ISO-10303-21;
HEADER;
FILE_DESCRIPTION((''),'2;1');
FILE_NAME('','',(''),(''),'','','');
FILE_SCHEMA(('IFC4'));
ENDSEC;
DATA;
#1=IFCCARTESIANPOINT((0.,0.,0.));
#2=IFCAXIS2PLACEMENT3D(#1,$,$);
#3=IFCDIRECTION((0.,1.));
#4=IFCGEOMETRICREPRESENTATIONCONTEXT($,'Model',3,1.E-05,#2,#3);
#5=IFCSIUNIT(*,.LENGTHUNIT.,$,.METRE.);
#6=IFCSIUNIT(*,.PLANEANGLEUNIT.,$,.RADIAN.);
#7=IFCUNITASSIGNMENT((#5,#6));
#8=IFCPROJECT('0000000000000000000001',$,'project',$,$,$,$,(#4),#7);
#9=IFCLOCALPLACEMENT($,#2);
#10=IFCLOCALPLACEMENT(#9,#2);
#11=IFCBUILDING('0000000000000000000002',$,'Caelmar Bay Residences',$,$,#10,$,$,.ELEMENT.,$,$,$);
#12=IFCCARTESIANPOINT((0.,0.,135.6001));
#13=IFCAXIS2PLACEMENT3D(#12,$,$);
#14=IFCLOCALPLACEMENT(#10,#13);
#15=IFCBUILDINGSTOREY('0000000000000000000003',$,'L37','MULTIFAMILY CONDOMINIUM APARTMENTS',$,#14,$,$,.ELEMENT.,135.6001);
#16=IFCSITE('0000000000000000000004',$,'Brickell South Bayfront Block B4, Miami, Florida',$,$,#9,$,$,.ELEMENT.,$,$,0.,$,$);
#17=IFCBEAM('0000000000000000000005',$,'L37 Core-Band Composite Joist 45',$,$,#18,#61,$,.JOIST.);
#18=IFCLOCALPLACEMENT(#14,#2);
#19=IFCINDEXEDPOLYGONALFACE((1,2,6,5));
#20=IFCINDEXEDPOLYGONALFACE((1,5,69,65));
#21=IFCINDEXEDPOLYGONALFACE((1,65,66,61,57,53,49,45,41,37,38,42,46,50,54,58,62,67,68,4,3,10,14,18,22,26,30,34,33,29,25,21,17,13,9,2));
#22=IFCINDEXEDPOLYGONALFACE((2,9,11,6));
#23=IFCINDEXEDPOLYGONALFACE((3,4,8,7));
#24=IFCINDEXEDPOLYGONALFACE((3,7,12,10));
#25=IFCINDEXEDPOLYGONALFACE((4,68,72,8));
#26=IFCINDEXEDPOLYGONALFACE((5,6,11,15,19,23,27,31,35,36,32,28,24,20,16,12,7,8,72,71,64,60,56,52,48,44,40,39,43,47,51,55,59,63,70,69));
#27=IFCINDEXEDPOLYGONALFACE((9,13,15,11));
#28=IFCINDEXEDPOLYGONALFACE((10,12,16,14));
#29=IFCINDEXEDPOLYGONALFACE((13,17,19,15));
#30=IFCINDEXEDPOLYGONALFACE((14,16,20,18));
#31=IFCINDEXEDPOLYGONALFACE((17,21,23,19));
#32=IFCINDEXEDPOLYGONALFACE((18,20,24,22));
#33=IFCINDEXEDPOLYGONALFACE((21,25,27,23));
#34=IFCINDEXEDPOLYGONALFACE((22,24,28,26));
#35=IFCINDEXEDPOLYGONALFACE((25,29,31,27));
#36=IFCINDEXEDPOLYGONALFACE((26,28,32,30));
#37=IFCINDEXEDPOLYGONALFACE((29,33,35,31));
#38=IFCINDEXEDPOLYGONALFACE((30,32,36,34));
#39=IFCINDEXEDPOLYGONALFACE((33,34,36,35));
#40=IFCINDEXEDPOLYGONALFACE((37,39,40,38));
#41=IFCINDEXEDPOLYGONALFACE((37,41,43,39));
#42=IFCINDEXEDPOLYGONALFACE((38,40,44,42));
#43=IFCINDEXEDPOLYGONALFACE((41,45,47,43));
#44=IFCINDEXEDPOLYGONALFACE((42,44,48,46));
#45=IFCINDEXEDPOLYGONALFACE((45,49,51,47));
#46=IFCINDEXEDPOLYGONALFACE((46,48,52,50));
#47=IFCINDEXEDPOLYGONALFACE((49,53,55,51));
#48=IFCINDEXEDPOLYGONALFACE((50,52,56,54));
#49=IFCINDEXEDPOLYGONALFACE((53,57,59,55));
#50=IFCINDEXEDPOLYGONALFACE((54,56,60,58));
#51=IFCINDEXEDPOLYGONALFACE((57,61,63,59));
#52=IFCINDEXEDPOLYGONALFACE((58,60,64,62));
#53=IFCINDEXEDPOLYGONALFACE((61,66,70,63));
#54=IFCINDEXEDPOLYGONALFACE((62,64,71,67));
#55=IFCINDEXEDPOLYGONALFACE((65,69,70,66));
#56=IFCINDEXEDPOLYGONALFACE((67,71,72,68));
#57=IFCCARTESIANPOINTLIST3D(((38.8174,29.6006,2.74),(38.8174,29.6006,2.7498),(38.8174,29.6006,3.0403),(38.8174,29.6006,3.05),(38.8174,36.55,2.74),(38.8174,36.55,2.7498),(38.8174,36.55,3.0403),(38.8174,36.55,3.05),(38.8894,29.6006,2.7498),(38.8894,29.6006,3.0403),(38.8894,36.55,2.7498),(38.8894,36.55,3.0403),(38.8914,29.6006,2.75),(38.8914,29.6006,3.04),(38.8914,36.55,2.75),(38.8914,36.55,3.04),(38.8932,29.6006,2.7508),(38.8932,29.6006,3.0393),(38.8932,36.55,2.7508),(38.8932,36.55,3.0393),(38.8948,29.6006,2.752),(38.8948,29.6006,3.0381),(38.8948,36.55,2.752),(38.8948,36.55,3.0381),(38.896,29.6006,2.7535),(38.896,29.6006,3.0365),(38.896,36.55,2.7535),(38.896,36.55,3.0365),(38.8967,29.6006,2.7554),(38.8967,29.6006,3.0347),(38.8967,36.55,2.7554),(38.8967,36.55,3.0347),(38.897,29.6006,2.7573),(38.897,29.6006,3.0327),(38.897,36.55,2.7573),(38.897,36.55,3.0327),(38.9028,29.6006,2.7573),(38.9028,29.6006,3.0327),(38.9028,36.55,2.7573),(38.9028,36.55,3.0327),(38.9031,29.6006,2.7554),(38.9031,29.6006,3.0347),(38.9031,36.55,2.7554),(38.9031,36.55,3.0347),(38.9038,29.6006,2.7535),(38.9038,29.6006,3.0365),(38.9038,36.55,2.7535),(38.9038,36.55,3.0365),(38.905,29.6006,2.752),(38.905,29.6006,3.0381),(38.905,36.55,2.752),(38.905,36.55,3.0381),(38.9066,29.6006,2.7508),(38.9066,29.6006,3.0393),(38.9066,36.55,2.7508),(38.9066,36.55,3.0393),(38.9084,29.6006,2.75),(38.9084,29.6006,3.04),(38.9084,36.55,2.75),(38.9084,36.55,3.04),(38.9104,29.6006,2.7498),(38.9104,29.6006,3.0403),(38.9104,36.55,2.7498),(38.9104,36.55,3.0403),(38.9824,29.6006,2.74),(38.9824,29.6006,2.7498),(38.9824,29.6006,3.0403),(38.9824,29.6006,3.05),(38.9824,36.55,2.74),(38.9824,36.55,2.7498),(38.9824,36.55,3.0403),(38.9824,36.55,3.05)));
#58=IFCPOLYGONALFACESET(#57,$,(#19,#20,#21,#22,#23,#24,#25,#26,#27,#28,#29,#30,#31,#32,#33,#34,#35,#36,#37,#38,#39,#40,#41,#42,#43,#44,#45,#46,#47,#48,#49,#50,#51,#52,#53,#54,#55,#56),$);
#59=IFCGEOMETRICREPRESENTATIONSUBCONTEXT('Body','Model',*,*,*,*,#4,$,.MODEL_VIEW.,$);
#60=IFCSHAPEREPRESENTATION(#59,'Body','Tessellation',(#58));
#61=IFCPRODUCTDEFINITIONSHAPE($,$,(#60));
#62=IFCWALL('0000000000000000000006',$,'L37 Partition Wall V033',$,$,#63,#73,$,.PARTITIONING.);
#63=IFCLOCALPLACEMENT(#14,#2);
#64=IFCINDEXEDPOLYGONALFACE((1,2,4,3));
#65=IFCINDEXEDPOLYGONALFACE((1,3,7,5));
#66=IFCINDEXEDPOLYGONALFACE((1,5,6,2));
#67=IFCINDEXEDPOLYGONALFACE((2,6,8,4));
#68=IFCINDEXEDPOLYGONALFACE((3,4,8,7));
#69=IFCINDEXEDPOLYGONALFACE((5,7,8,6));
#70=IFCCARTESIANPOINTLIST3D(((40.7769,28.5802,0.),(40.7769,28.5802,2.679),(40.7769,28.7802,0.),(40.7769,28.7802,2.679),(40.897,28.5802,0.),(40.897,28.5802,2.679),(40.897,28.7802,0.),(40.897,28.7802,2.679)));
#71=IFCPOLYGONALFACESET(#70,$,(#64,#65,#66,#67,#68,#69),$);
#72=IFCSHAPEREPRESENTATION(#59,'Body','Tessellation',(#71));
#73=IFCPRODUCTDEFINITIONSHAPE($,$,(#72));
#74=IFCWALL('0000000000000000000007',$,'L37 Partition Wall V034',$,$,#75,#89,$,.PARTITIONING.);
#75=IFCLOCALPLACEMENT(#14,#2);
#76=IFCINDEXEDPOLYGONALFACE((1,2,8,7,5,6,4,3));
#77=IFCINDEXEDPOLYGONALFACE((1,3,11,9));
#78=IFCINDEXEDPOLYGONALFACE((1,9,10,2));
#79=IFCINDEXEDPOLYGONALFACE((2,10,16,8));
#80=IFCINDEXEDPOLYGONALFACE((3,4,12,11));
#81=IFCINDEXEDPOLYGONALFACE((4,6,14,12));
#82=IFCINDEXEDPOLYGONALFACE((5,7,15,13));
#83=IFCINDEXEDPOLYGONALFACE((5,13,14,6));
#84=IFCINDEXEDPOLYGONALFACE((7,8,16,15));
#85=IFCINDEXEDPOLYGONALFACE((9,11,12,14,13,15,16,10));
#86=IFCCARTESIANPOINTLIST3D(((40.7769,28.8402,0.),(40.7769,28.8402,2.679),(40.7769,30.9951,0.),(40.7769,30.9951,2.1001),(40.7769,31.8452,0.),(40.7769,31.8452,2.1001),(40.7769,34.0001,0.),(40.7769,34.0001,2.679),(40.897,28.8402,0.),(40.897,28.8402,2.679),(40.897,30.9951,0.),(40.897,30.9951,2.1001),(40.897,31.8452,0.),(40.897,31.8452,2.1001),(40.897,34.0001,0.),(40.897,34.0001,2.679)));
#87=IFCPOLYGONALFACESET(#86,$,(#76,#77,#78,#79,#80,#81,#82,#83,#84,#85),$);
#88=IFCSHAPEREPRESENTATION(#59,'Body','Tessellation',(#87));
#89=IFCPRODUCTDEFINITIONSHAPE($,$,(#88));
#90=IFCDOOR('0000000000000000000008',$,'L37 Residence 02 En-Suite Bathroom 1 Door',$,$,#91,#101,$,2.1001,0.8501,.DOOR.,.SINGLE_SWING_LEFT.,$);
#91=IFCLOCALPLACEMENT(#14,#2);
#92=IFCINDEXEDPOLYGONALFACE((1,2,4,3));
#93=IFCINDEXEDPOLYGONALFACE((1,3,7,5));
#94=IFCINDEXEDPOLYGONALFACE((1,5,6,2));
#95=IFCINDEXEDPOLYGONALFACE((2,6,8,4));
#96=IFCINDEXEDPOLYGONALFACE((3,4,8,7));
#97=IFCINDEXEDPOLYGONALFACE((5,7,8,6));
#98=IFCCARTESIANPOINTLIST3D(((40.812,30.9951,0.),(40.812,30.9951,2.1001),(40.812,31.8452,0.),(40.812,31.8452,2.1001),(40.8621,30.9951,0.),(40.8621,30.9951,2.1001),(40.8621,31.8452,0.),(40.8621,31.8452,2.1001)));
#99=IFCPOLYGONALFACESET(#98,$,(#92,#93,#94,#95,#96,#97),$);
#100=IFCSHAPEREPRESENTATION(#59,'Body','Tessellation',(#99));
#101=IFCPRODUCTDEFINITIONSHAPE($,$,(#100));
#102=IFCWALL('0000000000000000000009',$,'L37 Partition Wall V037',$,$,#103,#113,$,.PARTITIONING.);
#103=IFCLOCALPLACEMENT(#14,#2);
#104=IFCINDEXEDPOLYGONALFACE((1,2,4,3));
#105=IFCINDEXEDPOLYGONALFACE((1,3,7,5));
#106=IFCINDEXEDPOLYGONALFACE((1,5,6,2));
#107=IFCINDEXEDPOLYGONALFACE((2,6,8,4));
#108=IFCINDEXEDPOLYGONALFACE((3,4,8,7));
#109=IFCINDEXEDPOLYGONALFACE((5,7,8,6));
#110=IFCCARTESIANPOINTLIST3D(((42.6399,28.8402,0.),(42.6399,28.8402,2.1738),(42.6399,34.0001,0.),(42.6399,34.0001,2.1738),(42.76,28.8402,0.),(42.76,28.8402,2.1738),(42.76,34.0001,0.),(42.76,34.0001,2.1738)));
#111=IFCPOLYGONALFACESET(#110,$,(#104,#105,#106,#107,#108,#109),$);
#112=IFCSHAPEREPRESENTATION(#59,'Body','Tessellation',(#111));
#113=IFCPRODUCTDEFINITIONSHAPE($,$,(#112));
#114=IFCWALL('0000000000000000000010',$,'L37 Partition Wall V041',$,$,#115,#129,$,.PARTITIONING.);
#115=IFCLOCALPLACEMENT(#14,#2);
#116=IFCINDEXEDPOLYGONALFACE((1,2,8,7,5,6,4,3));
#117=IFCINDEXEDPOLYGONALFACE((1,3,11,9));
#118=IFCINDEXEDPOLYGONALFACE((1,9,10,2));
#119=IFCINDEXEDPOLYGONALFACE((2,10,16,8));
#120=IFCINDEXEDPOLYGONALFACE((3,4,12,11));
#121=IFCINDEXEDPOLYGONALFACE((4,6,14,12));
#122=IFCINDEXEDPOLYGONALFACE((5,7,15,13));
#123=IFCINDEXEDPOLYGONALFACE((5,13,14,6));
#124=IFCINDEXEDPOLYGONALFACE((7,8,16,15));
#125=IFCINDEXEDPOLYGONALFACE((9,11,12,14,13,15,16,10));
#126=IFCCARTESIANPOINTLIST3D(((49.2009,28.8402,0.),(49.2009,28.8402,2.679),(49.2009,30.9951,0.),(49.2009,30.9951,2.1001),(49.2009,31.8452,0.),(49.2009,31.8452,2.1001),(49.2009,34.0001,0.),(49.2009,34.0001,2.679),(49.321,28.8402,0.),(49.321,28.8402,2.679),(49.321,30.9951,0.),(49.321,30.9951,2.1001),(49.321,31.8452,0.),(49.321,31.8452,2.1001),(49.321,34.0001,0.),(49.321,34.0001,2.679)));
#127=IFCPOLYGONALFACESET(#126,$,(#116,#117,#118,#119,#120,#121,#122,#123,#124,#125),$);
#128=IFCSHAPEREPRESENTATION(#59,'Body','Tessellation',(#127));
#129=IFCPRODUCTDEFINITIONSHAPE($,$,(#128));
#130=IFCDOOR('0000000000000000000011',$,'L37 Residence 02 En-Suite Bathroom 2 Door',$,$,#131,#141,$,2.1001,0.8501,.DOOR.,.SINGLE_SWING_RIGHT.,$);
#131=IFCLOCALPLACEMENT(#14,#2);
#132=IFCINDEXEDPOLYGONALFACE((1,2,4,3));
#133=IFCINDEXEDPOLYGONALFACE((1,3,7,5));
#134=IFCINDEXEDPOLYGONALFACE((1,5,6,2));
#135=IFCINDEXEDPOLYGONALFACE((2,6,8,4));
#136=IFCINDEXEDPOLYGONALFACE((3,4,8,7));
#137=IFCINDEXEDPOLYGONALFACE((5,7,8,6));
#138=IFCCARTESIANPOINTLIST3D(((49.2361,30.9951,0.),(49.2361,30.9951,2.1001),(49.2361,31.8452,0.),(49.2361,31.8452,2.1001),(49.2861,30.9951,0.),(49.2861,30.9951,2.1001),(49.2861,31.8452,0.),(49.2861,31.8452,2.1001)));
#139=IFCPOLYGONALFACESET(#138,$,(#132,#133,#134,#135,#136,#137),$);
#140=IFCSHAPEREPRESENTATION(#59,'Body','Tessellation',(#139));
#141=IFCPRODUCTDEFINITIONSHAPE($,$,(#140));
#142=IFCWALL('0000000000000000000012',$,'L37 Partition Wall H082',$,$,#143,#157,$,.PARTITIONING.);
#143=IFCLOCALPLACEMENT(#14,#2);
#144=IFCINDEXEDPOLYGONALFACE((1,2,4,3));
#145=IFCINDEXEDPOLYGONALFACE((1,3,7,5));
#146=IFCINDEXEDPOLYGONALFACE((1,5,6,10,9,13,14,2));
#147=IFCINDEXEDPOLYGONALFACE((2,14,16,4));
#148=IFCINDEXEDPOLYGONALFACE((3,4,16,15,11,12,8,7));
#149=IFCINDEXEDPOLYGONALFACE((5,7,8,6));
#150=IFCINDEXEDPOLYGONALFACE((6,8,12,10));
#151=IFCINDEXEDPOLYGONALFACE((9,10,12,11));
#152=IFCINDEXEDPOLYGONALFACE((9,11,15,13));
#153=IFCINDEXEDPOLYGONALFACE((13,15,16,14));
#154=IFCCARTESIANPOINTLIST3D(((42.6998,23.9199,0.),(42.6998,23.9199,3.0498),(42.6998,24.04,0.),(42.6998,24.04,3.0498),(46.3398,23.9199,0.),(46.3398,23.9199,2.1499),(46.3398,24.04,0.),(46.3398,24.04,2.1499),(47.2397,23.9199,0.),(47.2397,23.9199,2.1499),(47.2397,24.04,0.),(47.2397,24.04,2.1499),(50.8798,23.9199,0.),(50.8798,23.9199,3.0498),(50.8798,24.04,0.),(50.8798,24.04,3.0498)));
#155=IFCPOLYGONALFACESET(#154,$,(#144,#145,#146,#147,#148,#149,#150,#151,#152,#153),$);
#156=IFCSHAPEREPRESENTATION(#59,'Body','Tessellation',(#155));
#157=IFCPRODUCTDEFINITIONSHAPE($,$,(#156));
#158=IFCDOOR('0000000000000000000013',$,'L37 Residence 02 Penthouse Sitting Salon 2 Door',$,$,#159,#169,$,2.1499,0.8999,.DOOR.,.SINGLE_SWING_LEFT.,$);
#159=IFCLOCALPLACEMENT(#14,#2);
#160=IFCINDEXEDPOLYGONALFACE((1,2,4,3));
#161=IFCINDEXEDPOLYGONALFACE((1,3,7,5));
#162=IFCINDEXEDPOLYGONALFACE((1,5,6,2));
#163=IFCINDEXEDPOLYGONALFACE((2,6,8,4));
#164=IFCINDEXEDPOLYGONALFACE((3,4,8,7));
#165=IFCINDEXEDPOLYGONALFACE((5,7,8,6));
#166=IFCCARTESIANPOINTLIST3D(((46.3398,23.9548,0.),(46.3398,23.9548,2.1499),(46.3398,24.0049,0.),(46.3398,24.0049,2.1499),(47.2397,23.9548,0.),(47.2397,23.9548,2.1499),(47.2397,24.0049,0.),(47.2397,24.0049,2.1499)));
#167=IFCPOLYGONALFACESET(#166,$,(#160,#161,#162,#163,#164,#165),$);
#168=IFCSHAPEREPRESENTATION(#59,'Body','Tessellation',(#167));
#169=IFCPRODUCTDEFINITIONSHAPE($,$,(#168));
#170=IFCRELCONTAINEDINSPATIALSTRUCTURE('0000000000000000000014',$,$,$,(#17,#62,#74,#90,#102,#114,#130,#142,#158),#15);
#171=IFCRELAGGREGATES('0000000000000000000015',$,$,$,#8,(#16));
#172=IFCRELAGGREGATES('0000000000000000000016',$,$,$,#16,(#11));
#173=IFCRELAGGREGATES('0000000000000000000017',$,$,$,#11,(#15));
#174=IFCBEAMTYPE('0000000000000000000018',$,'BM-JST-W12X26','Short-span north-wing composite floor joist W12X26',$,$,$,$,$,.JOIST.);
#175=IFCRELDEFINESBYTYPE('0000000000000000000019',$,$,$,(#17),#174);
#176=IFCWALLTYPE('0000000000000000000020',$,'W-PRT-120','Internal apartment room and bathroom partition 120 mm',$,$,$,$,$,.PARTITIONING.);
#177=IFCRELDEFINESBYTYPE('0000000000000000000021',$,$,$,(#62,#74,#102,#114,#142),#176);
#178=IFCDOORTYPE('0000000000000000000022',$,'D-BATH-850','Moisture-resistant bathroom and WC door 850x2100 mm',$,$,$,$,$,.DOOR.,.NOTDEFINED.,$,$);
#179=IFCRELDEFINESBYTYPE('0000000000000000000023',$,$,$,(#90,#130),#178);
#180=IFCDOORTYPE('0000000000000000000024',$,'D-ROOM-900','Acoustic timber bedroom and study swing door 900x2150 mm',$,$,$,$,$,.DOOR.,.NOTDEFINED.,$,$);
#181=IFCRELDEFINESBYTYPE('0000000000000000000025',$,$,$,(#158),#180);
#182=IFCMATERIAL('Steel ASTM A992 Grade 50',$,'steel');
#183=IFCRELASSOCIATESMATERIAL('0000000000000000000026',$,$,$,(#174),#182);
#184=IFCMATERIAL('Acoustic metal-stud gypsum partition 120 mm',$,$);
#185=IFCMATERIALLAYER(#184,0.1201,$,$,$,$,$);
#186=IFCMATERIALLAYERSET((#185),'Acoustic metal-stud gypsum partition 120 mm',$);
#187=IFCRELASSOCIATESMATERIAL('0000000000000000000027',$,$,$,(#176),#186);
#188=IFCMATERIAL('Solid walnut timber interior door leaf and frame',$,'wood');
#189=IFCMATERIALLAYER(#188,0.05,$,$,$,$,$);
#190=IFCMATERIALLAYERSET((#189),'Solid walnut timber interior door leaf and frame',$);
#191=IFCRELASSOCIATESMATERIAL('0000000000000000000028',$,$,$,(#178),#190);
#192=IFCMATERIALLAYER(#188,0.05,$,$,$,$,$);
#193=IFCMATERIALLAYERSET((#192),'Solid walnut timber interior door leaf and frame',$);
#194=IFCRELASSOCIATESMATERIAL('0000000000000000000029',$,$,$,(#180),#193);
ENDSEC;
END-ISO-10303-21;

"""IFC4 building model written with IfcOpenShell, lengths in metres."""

from ifc_helpers import new_model, si_unit, direction, frame, frame_2d, origin, origin_2d, place, context, subcontext, project, spatial, rectangle, i_section, extrude, material, layer, layer_set, material_profile, profile_set, type_object, element, fill, save


model = new_model("IFC4")

# Units and contexts
model_context = context("Model", 3, precision=1e-05, world=origin(), true_north=direction((0.0, 1.0)))
body_context = subcontext(model_context, "Body", "Model", "MODEL_VIEW")
ifc_project = project(units=[si_unit("LENGTHUNIT", "METRE"), si_unit("PLANEANGLEUNIT", "RADIAN")], contexts=[model_context])

# Site, building, storey
site_placement = place(None, origin())
site = spatial("IfcSite", under=ifc_project, at=site_placement, Name="Brickell South Bayfront Block B4, Miami, Florida", CompositionType="ELEMENT", RefElevation=0.0)
building_placement = place(site_placement, origin())
building = spatial("IfcBuilding", under=site, at=building_placement, Name="Caelmar Bay Residences", CompositionType="ELEMENT")
storey_placement = place(building_placement, frame((0.0, 0.0, 135.6001)))
storey = spatial("IfcBuildingStorey", under=building, at=storey_placement, Name="L37", Description="MULTIFAMILY CONDOMINIUM APARTMENTS", CompositionType="ELEMENT", Elevation=135.6001)

# Beam
ifc_material_1 = material(Name="Steel ASTM A992 Grade 50", Category="steel")
ifc_material_profile_1 = material_profile(ifc_material_1, i_section(OverallWidth=0.165, OverallDepth=0.3101, WebThickness=0.0059, FlangeThickness=0.0098, FilletRadius=0.0076, at=origin_2d()), Name="W12X26")
ifc_profile_set_1 = profile_set([ifc_material_profile_1], Name="Steel ASTM A992 Grade 50")
beam_type_1 = type_object("IfcBeamType", Name="BM-JST-W12X26", Description="Short-span north-wing composite floor joist W12X26", PredefinedType="JOIST", material=ifc_profile_set_1)
beam_1_placement = place(storey_placement, frame((38.8999, 29.6006, 2.895), z_axis=(0.0, 1.0, 0.0), x_axis=(-1.0, 0.0, 0.0)))
element("IfcBeam", 1, at=beam_1_placement, inside=storey, type_object=beam_type_1, Name="L37 Core-Band Composite Joist 45", PredefinedType="JOIST", context=body_context, shape_type="SweptSolid", body=[
    extrude(i_section(OverallWidth=0.165, OverallDepth=0.3101, WebThickness=0.0059, FlangeThickness=0.0098, FilletRadius=0.0076, at=origin_2d()), origin(), (0.0, 0.0, 1.0), 6.9495),
])

# Wall
ifc_material_2 = material(Name="Acoustic metal-stud gypsum partition 120 mm")
ifc_layer_1 = layer(ifc_material_2, 0.1201)
ifc_layer_set_1 = layer_set([ifc_layer_1], Name="Acoustic metal-stud gypsum partition 120 mm")
wall_type = type_object("IfcWallType", Name="W-PRT-120", Description="Internal apartment room and bathroom partition 120 mm", PredefinedType="PARTITIONING", material=ifc_layer_set_1)
wall_1_placement = place(storey_placement, frame((40.8369, 28.5801, 0.0), z_axis=(0.0, 0.0, 1.0), x_axis=(0.0, 1.0, 0.0)))
element("IfcWall", 2, at=wall_1_placement, inside=storey, type_object=wall_type, Name="L37 Partition Wall V033", PredefinedType="PARTITIONING", context=body_context, shape_type="SweptSolid", body=[
    extrude(rectangle(XDim=0.2, YDim=0.1201, at=frame_2d((0.1001, 0.0))), origin(), (0.0, 0.0, 1.0), 2.679),
])

# Wall, opening, door
wall_2_placement = place(storey_placement, frame((40.8369, 28.8401, 0.0), z_axis=(0.0, 0.0, 1.0), x_axis=(0.0, 1.0, 0.0)))
wall_2 = element("IfcWall", 3, at=wall_2_placement, inside=storey, type_object=wall_type, Name="L37 Partition Wall V034", PredefinedType="PARTITIONING", context=body_context, shape_type="SweptSolid", body=[
    extrude(rectangle(XDim=5.1599, YDim=0.1201, at=frame_2d((2.5801, 0.0))), origin(), (0.0, 0.0, 1.0), 2.679),
])
opening_1_placement = place(wall_2_placement, frame((2.155, 0.0, 0.0)))
opening_1 = element("IfcOpeningElement", 4, at=opening_1_placement, cuts=wall_2, PredefinedType="OPENING", context=body_context, shape_type="SweptSolid", body=[
    extrude(rectangle(XDim=0.8501, YDim=2.1001, at=frame_2d((0.425, 1.05))), frame((0.0, 0.0701, 0.0), z_axis=(0.0, -1.0, 0.0), x_axis=(1.0, 0.0, 0.0)), (0.0, 0.0, 1.0), 0.1401),
])
ifc_material_3 = material(Name="Solid walnut timber interior door leaf and frame", Category="wood")
ifc_layer_2 = layer(ifc_material_3, 0.05)
ifc_layer_set_2 = layer_set([ifc_layer_2], Name="Solid walnut timber interior door leaf and frame")
door_type_1 = type_object("IfcDoorType", Name="D-BATH-850", Description="Moisture-resistant bathroom and WC door 850x2100 mm", OperationType="NOTDEFINED", PredefinedType="DOOR", material=ifc_layer_set_2)
door_1_placement = place(opening_1_placement, origin())
door_1 = element("IfcDoor", 5, at=door_1_placement, inside=storey, type_object=door_type_1, Name="L37 Residence 02 En-Suite Bathroom 1 Door", OperationType="SINGLE_SWING_LEFT", OverallHeight=2.1001, OverallWidth=0.8501, PredefinedType="DOOR", context=body_context, shape_type="SweptSolid", body=[
    extrude(rectangle(XDim=0.8501, YDim=2.1001, at=frame_2d((0.425, 1.05))), frame((0.0, 0.0249, 0.0), z_axis=(0.0, -1.0, 0.0), x_axis=(1.0, 0.0, 0.0)), (0.0, 0.0, 1.0), 0.05),
])
fill(opening_1, door_1)

# Wall
wall_3_placement = place(storey_placement, frame((42.7, 28.8401, 0.0), z_axis=(0.0, 0.0, 1.0), x_axis=(0.0, 1.0, 0.0)))
element("IfcWall", 6, at=wall_3_placement, inside=storey, type_object=wall_type, Name="L37 Partition Wall V037", PredefinedType="PARTITIONING", context=body_context, shape_type="SweptSolid", body=[
    extrude(rectangle(XDim=5.1599, YDim=0.1201, at=frame_2d((2.5801, 0.0))), origin(), (0.0, 0.0, 1.0), 2.1738),
])

# Walls, openings, doors
wall_4_placement = place(storey_placement, frame((49.261, 28.8401, 0.0), z_axis=(0.0, 0.0, 1.0), x_axis=(0.0, 1.0, 0.0)))
wall_4 = element("IfcWall", 7, at=wall_4_placement, inside=storey, type_object=wall_type, Name="L37 Partition Wall V041", PredefinedType="PARTITIONING", context=body_context, shape_type="SweptSolid", body=[
    extrude(rectangle(XDim=5.1599, YDim=0.1201, at=frame_2d((2.5801, 0.0))), origin(), (0.0, 0.0, 1.0), 2.679),
])
opening_2_placement = place(wall_4_placement, frame((2.155, 0.0, 0.0)))
opening_2 = element("IfcOpeningElement", 8, at=opening_2_placement, cuts=wall_4, PredefinedType="OPENING", context=body_context, shape_type="SweptSolid", body=[
    extrude(rectangle(XDim=0.8501, YDim=2.1001, at=frame_2d((0.425, 1.05))), frame((0.0, 0.0701, 0.0), z_axis=(0.0, -1.0, 0.0), x_axis=(1.0, 0.0, 0.0)), (0.0, 0.0, 1.0), 0.1401),
])
door_2_placement = place(opening_2_placement, origin())
door_2 = element("IfcDoor", 9, at=door_2_placement, inside=storey, type_object=door_type_1, Name="L37 Residence 02 En-Suite Bathroom 2 Door", OperationType="SINGLE_SWING_RIGHT", OverallHeight=2.1001, OverallWidth=0.8501, PredefinedType="DOOR", context=body_context, shape_type="SweptSolid", body=[
    extrude(rectangle(XDim=0.8501, YDim=2.1001, at=frame_2d((0.425, 1.05))), frame((0.0, 0.0249, 0.0), z_axis=(0.0, -1.0, 0.0), x_axis=(1.0, 0.0, 0.0)), (0.0, 0.0, 1.0), 0.05),
])
fill(opening_2, door_2)
wall_5_placement = place(storey_placement, frame((42.7, 23.98, 0.0), z_axis=(0.0, 0.0, 1.0), x_axis=(1.0, 0.0, 0.0)))
wall_5 = element("IfcWall", 10, at=wall_5_placement, inside=storey, type_object=wall_type, Name="L37 Partition Wall H082", PredefinedType="PARTITIONING", context=body_context, shape_type="SweptSolid", body=[
    extrude(rectangle(XDim=8.1799, YDim=0.1201, at=frame_2d((4.0898, 0.0))), origin(), (0.0, 0.0, 1.0), 3.0498),
])
opening_3_placement = place(wall_5_placement, frame((3.6399, 0.0, 0.0)))
opening_3 = element("IfcOpeningElement", 11, at=opening_3_placement, cuts=wall_5, PredefinedType="OPENING", context=body_context, shape_type="SweptSolid", body=[
    extrude(rectangle(XDim=0.8999, YDim=2.1499, at=frame_2d((0.45, 1.075))), frame((0.0, 0.0701, 0.0), z_axis=(0.0, -1.0, 0.0), x_axis=(1.0, 0.0, 0.0)), (0.0, 0.0, 1.0), 0.1401),
])
ifc_layer_3 = layer(ifc_material_3, 0.05)
ifc_layer_set_3 = layer_set([ifc_layer_3], Name="Solid walnut timber interior door leaf and frame")
door_type_2 = type_object("IfcDoorType", Name="D-ROOM-900", Description="Acoustic timber bedroom and study swing door 900x2150 mm", OperationType="NOTDEFINED", PredefinedType="DOOR", material=ifc_layer_set_3)
door_3_placement = place(opening_3_placement, origin())
door_3 = element("IfcDoor", 12, at=door_3_placement, inside=storey, type_object=door_type_2, Name="L37 Residence 02 Penthouse Sitting Salon 2 Door", OperationType="SINGLE_SWING_LEFT", OverallHeight=2.1499, OverallWidth=0.8999, PredefinedType="DOOR", context=body_context, shape_type="SweptSolid", body=[
    extrude(rectangle(XDim=0.8999, YDim=2.1499, at=frame_2d((0.45, 1.075))), frame((0.0, 0.0249, 0.0), z_axis=(0.0, -1.0, 0.0), x_axis=(1.0, 0.0, 0.0)), (0.0, 0.0, 1.0), 0.05),
])
fill(opening_3, door_3)

save(model, "model.ifc")
